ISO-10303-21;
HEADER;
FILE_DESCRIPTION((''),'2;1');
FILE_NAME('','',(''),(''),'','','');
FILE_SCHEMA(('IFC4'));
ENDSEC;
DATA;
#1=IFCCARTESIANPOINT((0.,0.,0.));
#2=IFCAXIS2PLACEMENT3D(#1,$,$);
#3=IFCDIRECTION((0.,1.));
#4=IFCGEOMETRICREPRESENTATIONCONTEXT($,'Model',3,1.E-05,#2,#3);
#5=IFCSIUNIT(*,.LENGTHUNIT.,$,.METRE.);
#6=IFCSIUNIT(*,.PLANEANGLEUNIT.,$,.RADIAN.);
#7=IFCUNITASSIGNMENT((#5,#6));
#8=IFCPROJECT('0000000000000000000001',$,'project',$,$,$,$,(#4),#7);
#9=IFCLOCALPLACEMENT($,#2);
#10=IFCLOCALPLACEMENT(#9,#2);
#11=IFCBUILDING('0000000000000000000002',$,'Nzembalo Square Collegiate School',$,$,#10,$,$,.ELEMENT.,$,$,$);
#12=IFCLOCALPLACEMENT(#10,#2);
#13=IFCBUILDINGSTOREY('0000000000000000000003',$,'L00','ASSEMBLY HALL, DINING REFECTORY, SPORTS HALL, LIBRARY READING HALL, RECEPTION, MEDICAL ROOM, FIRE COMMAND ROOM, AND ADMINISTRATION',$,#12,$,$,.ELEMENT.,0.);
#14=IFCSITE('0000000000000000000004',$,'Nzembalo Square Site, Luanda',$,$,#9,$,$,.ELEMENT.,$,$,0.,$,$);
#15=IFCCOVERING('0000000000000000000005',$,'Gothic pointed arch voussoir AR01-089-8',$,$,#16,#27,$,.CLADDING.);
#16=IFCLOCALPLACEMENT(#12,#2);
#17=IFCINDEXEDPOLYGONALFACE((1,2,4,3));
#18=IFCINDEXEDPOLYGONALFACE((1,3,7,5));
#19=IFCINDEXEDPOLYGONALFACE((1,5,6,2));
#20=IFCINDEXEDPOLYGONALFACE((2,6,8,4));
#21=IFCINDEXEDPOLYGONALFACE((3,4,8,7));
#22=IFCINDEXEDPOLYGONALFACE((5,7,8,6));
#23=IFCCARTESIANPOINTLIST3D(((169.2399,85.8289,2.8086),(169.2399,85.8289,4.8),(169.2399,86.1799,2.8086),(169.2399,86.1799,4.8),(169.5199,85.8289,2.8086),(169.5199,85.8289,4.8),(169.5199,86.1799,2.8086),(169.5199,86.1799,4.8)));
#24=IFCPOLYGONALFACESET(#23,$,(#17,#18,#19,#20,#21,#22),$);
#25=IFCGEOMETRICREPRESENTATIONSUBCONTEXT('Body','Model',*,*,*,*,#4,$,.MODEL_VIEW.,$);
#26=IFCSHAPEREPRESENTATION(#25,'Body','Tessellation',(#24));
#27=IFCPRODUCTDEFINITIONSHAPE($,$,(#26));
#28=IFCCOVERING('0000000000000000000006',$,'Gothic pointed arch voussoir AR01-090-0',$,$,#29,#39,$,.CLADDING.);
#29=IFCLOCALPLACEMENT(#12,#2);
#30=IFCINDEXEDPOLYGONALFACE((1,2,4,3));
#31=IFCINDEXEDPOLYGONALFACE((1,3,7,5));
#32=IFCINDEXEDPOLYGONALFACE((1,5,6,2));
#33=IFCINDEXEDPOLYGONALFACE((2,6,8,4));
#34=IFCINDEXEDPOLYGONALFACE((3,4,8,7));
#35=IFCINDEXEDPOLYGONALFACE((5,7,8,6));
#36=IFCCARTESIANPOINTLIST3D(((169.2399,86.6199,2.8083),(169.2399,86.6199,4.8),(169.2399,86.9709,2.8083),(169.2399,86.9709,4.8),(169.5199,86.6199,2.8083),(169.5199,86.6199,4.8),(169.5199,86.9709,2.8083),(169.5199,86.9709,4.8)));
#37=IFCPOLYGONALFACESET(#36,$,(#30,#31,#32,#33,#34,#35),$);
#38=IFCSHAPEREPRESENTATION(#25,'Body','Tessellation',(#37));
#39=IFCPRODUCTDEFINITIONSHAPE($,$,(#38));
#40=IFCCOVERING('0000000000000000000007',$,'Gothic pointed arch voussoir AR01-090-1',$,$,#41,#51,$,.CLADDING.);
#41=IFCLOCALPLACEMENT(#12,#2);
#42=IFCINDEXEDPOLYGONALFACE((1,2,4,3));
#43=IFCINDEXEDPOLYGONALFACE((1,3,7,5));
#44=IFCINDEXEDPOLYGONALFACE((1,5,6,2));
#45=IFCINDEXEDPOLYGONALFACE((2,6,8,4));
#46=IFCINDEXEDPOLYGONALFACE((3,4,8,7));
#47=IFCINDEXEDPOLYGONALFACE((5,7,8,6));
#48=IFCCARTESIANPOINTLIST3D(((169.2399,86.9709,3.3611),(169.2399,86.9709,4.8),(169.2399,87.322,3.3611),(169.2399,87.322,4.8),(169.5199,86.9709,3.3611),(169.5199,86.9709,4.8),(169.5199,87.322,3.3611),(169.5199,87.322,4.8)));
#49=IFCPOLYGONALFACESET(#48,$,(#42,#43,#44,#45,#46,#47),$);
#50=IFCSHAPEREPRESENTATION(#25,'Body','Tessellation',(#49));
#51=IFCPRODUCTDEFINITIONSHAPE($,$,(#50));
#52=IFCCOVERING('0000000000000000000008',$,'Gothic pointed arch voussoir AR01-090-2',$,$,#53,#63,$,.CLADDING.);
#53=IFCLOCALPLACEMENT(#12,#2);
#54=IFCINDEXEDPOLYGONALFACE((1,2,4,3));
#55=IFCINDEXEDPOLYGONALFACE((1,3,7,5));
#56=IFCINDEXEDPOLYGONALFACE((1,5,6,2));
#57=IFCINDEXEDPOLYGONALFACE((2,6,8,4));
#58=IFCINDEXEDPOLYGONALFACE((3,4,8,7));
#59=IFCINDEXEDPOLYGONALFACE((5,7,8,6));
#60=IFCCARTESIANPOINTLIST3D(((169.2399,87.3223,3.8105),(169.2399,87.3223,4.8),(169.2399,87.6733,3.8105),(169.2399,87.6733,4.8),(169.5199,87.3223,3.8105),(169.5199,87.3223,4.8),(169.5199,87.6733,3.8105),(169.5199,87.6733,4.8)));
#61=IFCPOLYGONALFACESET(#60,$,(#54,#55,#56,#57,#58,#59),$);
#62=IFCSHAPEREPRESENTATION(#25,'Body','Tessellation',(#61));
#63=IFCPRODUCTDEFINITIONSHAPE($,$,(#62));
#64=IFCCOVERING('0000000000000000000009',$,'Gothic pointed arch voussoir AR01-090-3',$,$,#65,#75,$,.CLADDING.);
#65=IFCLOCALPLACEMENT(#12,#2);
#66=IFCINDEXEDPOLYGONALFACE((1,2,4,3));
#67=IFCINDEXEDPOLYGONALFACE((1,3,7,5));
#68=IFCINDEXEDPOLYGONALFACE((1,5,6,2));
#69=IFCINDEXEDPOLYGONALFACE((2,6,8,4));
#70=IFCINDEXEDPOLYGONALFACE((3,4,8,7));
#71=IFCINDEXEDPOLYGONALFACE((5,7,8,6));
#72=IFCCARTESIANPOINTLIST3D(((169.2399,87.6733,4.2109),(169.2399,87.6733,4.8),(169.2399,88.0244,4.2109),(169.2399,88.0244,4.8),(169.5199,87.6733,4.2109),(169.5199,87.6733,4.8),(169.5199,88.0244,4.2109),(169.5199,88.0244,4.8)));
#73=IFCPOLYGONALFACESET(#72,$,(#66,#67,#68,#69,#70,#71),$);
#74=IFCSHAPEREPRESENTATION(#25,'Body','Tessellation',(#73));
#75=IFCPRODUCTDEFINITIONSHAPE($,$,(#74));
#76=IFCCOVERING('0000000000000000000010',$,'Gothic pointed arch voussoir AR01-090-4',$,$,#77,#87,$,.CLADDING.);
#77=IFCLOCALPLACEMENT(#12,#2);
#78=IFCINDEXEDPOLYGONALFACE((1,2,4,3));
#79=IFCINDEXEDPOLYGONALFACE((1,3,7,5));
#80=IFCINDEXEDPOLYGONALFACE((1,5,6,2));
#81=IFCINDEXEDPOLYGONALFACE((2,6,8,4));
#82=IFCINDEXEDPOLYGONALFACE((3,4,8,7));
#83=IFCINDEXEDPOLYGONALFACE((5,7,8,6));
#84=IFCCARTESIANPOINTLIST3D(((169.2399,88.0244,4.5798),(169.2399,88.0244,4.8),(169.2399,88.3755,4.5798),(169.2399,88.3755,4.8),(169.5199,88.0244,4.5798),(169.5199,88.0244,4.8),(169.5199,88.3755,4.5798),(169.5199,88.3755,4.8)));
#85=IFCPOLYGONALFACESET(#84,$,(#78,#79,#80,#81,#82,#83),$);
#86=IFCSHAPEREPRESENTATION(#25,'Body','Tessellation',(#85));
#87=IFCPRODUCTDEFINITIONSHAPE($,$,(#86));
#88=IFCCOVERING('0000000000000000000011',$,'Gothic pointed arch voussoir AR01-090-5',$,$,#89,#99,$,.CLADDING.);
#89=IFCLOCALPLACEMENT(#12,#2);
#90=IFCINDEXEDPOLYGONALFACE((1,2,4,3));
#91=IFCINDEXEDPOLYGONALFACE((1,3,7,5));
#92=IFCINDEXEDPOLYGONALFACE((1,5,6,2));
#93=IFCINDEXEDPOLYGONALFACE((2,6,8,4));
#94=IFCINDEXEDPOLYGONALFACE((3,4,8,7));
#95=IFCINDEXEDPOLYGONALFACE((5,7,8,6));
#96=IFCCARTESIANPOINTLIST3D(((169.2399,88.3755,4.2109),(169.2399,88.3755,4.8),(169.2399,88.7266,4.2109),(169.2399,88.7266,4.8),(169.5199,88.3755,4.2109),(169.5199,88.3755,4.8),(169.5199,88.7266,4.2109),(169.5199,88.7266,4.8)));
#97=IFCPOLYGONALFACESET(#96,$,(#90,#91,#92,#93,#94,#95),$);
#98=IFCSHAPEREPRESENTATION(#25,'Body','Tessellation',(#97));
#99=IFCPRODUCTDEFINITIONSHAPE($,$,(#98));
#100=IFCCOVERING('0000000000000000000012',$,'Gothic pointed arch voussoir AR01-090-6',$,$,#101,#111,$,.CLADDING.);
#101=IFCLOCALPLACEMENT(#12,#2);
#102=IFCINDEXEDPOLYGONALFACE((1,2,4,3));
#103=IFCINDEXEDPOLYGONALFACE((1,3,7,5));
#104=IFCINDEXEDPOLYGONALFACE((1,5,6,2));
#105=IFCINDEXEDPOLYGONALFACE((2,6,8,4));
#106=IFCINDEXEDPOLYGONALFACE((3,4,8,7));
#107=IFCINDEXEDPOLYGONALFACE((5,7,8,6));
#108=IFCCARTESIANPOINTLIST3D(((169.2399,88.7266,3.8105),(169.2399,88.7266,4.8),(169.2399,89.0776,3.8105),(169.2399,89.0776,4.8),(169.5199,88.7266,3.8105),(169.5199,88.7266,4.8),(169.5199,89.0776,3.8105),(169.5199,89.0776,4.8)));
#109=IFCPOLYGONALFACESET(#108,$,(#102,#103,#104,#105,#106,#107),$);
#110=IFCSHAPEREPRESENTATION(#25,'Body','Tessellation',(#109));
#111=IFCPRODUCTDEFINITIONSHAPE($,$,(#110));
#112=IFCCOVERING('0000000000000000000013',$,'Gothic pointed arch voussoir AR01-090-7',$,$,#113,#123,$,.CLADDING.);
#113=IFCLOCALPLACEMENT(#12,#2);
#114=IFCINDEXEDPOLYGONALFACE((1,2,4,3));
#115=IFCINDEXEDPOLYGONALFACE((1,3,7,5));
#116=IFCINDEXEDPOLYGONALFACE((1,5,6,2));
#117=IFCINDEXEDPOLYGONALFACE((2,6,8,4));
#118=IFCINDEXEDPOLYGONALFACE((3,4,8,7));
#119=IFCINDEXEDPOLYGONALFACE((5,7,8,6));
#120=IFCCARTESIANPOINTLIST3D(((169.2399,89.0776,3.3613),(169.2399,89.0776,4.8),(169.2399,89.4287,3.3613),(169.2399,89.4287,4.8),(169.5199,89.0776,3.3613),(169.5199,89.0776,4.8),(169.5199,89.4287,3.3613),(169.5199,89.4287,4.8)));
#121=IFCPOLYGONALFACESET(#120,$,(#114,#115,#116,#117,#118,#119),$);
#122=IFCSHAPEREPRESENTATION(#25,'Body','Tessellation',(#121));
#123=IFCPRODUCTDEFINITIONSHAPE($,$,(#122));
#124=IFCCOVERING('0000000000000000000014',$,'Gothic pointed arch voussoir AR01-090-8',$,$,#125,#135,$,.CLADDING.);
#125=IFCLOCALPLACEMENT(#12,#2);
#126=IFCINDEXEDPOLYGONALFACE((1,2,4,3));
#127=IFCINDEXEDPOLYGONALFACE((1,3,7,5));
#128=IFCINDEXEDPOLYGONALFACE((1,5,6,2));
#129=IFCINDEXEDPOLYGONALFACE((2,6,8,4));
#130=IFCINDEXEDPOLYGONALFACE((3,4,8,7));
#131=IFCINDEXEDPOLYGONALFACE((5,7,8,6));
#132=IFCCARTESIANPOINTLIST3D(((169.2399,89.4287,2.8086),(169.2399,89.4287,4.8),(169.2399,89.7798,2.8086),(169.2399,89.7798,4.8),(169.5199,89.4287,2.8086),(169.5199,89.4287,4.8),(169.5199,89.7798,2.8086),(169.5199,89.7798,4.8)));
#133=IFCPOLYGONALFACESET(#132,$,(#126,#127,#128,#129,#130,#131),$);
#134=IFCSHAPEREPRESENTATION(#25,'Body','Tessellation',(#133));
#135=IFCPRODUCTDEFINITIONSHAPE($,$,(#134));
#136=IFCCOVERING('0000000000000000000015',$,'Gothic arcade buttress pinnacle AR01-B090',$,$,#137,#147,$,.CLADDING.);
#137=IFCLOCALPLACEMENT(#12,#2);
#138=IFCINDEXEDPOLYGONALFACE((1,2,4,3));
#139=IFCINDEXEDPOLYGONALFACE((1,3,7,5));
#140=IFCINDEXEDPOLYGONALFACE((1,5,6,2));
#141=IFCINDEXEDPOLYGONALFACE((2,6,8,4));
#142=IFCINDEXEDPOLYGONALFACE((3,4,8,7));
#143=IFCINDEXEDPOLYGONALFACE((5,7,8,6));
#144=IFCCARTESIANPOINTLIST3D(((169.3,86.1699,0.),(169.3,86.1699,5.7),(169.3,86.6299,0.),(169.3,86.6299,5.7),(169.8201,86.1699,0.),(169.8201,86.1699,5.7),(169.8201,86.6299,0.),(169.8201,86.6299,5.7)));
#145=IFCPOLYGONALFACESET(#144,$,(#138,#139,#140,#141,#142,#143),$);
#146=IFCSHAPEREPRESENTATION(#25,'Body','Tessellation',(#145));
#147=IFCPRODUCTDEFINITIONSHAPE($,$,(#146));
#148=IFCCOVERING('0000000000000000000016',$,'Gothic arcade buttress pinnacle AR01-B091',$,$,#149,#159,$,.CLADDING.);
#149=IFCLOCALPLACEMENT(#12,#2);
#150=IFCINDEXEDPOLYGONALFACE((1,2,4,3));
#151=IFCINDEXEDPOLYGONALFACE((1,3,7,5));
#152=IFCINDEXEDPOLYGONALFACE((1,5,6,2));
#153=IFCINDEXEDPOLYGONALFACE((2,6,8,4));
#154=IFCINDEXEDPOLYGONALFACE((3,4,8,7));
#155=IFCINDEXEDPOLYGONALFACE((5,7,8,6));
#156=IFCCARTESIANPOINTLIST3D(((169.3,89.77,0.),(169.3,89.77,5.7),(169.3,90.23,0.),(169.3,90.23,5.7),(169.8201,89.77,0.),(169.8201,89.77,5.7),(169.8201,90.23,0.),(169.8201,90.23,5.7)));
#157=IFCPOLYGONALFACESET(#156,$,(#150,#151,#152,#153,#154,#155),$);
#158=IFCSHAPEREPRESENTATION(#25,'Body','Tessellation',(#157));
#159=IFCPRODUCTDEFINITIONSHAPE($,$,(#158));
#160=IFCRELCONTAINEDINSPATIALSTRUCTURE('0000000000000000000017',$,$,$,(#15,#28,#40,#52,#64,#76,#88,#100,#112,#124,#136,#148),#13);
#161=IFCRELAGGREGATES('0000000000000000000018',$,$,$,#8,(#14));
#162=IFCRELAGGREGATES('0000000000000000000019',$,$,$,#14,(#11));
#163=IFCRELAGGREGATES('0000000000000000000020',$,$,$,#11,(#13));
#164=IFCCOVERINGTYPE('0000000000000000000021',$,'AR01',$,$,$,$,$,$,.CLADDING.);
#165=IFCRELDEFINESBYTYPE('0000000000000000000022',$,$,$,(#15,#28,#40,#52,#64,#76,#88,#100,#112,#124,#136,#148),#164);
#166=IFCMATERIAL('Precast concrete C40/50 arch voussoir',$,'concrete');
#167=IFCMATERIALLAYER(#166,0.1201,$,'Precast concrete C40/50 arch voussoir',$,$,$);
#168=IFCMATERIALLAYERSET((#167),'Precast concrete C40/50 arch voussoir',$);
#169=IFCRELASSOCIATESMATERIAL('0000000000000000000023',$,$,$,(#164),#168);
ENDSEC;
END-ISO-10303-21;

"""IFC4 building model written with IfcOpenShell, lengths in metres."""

from ifc_helpers import new_model, si_unit, direction, frame, origin, origin_2d, place, context, subcontext, project, spatial, rectangle, extrude, material, layer, layer_set, type_object, element, save


model = new_model("IFC4")

# Units and contexts
model_context = context("Model", 3, precision=1e-05, world=origin(), true_north=direction((0.0, 1.0)))
body_context = subcontext(model_context, "Body", "Model", "MODEL_VIEW")
ifc_project = project(units=[si_unit("LENGTHUNIT", "METRE"), si_unit("PLANEANGLEUNIT", "RADIAN")], contexts=[model_context])

# Site, building, storey
site_placement = place(None, origin())
site = spatial("IfcSite", under=ifc_project, at=site_placement, Name="Nzembalo Square Site, Luanda", CompositionType="ELEMENT", RefElevation=0.0)
building_placement = place(site_placement, origin())
building = spatial("IfcBuilding", under=site, at=building_placement, Name="Nzembalo Square Collegiate School", CompositionType="ELEMENT")
storey_placement = place(building_placement, origin())
storey = spatial("IfcBuildingStorey", under=building, at=storey_placement, Name="L00", Description="ASSEMBLY HALL, DINING REFECTORY, SPORTS HALL, LIBRARY READING HALL, RECEPTION, MEDICAL ROOM, FIRE COMMAND ROOM, AND ADMINISTRATION", CompositionType="ELEMENT", Elevation=0.0)

# Coverings
ifc_material_1 = material(Name="Precast concrete C40/50 arch voussoir", Category="concrete")
ifc_layer_1 = layer(ifc_material_1, 0.1201, Name="Precast concrete C40/50 arch voussoir")
ifc_layer_set_1 = layer_set([ifc_layer_1], Name="Precast concrete C40/50 arch voussoir")
covering_type = type_object("IfcCoveringType", Name="AR01", PredefinedType="CLADDING", material=ifc_layer_set_1)
covering_1_placement = place(storey_placement, frame((169.3799, 86.0044, 2.8086), z_axis=(0.0, 0.0, 1.0), x_axis=(1.0, 0.0, 0.0)))
element("IfcCovering", 1, at=covering_1_placement, inside=storey, type_object=covering_type, Name="Gothic pointed arch voussoir AR01-089-8", PredefinedType="CLADDING", context=body_context, shape_type="SweptSolid", body=[
    extrude(rectangle(XDim=0.28, YDim=0.3511, at=origin_2d()), origin(), (0.0, 0.0, 1.0), 1.9915),
])
covering_2_placement = place(storey_placement, frame((169.3799, 86.7954, 2.8083), z_axis=(0.0, 0.0, 1.0), x_axis=(1.0, 0.0, 0.0)))
element("IfcCovering", 2, at=covering_2_placement, inside=storey, type_object=covering_type, Name="Gothic pointed arch voussoir AR01-090-0", PredefinedType="CLADDING", context=body_context, shape_type="SweptSolid", body=[
    extrude(rectangle(XDim=0.28, YDim=0.3511, at=origin_2d()), origin(), (0.0, 0.0, 1.0), 1.9917),
])
covering_3_placement = place(storey_placement, frame((169.3799, 87.1465, 3.3611), z_axis=(0.0, 0.0, 1.0), x_axis=(1.0, 0.0, 0.0)))
element("IfcCovering", 3, at=covering_3_placement, inside=storey, type_object=covering_type, Name="Gothic pointed arch voussoir AR01-090-1", PredefinedType="CLADDING", context=body_context, shape_type="SweptSolid", body=[
    extrude(rectangle(XDim=0.28, YDim=0.3511, at=origin_2d()), origin(), (0.0, 0.0, 1.0), 1.439),
])
covering_4_placement = place(storey_placement, frame((169.3799, 87.4978, 3.8105), z_axis=(0.0, 0.0, 1.0), x_axis=(1.0, 0.0, 0.0)))
element("IfcCovering", 4, at=covering_4_placement, inside=storey, type_object=covering_type, Name="Gothic pointed arch voussoir AR01-090-2", PredefinedType="CLADDING", context=body_context, shape_type="SweptSolid", body=[
    extrude(rectangle(XDim=0.28, YDim=0.3511, at=origin_2d()), origin(), (0.0, 0.0, 1.0), 0.9895),
])
covering_5_placement = place(storey_placement, frame((169.3799, 87.8489, 4.2109), z_axis=(0.0, 0.0, 1.0), x_axis=(1.0, 0.0, 0.0)))
element("IfcCovering", 5, at=covering_5_placement, inside=storey, type_object=covering_type, Name="Gothic pointed arch voussoir AR01-090-3", PredefinedType="CLADDING", context=body_context, shape_type="SweptSolid", body=[
    extrude(rectangle(XDim=0.28, YDim=0.3511, at=origin_2d()), origin(), (0.0, 0.0, 1.0), 0.5891),
])
covering_6_placement = place(storey_placement, frame((169.3799, 88.2, 4.5798), z_axis=(0.0, 0.0, 1.0), x_axis=(1.0, 0.0, 0.0)))
element("IfcCovering", 6, at=covering_6_placement, inside=storey, type_object=covering_type, Name="Gothic pointed arch voussoir AR01-090-4", PredefinedType="CLADDING", context=body_context, shape_type="SweptSolid", body=[
    extrude(rectangle(XDim=0.28, YDim=0.3511, at=origin_2d()), origin(), (0.0, 0.0, 1.0), 0.2202),
])
covering_7_placement = place(storey_placement, frame((169.3799, 88.551, 4.2109), z_axis=(0.0, 0.0, 1.0), x_axis=(1.0, 0.0, 0.0)))
element("IfcCovering", 7, at=covering_7_placement, inside=storey, type_object=covering_type, Name="Gothic pointed arch voussoir AR01-090-5", PredefinedType="CLADDING", context=body_context, shape_type="SweptSolid", body=[
    extrude(rectangle(XDim=0.28, YDim=0.3511, at=origin_2d()), origin(), (0.0, 0.0, 1.0), 0.5891),
])
covering_8_placement = place(storey_placement, frame((169.3799, 88.9021, 3.8105), z_axis=(0.0, 0.0, 1.0), x_axis=(1.0, 0.0, 0.0)))
element("IfcCovering", 8, at=covering_8_placement, inside=storey, type_object=covering_type, Name="Gothic pointed arch voussoir AR01-090-6", PredefinedType="CLADDING", context=body_context, shape_type="SweptSolid", body=[
    extrude(rectangle(XDim=0.28, YDim=0.3511, at=origin_2d()), origin(), (0.0, 0.0, 1.0), 0.9895),
])
covering_9_placement = place(storey_placement, frame((169.3799, 89.2532, 3.3613), z_axis=(0.0, 0.0, 1.0), x_axis=(1.0, 0.0, 0.0)))
element("IfcCovering", 9, at=covering_9_placement, inside=storey, type_object=covering_type, Name="Gothic pointed arch voussoir AR01-090-7", PredefinedType="CLADDING", context=body_context, shape_type="SweptSolid", body=[
    extrude(rectangle(XDim=0.28, YDim=0.3511, at=origin_2d()), origin(), (0.0, 0.0, 1.0), 1.4387),
])
covering_10_placement = place(storey_placement, frame((169.3799, 89.6042, 2.8086), z_axis=(0.0, 0.0, 1.0), x_axis=(1.0, 0.0, 0.0)))
element("IfcCovering", 10, at=covering_10_placement, inside=storey, type_object=covering_type, Name="Gothic pointed arch voussoir AR01-090-8", PredefinedType="CLADDING", context=body_context, shape_type="SweptSolid", body=[
    extrude(rectangle(XDim=0.28, YDim=0.3511, at=origin_2d()), origin(), (0.0, 0.0, 1.0), 1.9915),
])
for number, where, z_axis, x_axis, name in (
    (11, (169.5601, 86.3999, 0.0), (0.0, 0.0, 1.0), (1.0, 0.0, 0.0), "Gothic arcade buttress pinnacle AR01-B090"),
    (12, (169.5601, 90.0, 0.0), (0.0, 0.0, 1.0), (1.0, 0.0, 0.0), "Gothic arcade buttress pinnacle AR01-B091"),
):
    element("IfcCovering", number, at=place(storey_placement, frame(where, z_axis=z_axis, x_axis=x_axis)), inside=storey, type_object=covering_type, Name=name, PredefinedType="CLADDING", context=body_context, shape_type="SweptSolid", body=[
        extrude(rectangle(XDim=0.52, YDim=0.46, at=origin_2d()), origin(), (0.0, 0.0, 1.0), 5.7),
    ])

save(model, "model.ifc")
